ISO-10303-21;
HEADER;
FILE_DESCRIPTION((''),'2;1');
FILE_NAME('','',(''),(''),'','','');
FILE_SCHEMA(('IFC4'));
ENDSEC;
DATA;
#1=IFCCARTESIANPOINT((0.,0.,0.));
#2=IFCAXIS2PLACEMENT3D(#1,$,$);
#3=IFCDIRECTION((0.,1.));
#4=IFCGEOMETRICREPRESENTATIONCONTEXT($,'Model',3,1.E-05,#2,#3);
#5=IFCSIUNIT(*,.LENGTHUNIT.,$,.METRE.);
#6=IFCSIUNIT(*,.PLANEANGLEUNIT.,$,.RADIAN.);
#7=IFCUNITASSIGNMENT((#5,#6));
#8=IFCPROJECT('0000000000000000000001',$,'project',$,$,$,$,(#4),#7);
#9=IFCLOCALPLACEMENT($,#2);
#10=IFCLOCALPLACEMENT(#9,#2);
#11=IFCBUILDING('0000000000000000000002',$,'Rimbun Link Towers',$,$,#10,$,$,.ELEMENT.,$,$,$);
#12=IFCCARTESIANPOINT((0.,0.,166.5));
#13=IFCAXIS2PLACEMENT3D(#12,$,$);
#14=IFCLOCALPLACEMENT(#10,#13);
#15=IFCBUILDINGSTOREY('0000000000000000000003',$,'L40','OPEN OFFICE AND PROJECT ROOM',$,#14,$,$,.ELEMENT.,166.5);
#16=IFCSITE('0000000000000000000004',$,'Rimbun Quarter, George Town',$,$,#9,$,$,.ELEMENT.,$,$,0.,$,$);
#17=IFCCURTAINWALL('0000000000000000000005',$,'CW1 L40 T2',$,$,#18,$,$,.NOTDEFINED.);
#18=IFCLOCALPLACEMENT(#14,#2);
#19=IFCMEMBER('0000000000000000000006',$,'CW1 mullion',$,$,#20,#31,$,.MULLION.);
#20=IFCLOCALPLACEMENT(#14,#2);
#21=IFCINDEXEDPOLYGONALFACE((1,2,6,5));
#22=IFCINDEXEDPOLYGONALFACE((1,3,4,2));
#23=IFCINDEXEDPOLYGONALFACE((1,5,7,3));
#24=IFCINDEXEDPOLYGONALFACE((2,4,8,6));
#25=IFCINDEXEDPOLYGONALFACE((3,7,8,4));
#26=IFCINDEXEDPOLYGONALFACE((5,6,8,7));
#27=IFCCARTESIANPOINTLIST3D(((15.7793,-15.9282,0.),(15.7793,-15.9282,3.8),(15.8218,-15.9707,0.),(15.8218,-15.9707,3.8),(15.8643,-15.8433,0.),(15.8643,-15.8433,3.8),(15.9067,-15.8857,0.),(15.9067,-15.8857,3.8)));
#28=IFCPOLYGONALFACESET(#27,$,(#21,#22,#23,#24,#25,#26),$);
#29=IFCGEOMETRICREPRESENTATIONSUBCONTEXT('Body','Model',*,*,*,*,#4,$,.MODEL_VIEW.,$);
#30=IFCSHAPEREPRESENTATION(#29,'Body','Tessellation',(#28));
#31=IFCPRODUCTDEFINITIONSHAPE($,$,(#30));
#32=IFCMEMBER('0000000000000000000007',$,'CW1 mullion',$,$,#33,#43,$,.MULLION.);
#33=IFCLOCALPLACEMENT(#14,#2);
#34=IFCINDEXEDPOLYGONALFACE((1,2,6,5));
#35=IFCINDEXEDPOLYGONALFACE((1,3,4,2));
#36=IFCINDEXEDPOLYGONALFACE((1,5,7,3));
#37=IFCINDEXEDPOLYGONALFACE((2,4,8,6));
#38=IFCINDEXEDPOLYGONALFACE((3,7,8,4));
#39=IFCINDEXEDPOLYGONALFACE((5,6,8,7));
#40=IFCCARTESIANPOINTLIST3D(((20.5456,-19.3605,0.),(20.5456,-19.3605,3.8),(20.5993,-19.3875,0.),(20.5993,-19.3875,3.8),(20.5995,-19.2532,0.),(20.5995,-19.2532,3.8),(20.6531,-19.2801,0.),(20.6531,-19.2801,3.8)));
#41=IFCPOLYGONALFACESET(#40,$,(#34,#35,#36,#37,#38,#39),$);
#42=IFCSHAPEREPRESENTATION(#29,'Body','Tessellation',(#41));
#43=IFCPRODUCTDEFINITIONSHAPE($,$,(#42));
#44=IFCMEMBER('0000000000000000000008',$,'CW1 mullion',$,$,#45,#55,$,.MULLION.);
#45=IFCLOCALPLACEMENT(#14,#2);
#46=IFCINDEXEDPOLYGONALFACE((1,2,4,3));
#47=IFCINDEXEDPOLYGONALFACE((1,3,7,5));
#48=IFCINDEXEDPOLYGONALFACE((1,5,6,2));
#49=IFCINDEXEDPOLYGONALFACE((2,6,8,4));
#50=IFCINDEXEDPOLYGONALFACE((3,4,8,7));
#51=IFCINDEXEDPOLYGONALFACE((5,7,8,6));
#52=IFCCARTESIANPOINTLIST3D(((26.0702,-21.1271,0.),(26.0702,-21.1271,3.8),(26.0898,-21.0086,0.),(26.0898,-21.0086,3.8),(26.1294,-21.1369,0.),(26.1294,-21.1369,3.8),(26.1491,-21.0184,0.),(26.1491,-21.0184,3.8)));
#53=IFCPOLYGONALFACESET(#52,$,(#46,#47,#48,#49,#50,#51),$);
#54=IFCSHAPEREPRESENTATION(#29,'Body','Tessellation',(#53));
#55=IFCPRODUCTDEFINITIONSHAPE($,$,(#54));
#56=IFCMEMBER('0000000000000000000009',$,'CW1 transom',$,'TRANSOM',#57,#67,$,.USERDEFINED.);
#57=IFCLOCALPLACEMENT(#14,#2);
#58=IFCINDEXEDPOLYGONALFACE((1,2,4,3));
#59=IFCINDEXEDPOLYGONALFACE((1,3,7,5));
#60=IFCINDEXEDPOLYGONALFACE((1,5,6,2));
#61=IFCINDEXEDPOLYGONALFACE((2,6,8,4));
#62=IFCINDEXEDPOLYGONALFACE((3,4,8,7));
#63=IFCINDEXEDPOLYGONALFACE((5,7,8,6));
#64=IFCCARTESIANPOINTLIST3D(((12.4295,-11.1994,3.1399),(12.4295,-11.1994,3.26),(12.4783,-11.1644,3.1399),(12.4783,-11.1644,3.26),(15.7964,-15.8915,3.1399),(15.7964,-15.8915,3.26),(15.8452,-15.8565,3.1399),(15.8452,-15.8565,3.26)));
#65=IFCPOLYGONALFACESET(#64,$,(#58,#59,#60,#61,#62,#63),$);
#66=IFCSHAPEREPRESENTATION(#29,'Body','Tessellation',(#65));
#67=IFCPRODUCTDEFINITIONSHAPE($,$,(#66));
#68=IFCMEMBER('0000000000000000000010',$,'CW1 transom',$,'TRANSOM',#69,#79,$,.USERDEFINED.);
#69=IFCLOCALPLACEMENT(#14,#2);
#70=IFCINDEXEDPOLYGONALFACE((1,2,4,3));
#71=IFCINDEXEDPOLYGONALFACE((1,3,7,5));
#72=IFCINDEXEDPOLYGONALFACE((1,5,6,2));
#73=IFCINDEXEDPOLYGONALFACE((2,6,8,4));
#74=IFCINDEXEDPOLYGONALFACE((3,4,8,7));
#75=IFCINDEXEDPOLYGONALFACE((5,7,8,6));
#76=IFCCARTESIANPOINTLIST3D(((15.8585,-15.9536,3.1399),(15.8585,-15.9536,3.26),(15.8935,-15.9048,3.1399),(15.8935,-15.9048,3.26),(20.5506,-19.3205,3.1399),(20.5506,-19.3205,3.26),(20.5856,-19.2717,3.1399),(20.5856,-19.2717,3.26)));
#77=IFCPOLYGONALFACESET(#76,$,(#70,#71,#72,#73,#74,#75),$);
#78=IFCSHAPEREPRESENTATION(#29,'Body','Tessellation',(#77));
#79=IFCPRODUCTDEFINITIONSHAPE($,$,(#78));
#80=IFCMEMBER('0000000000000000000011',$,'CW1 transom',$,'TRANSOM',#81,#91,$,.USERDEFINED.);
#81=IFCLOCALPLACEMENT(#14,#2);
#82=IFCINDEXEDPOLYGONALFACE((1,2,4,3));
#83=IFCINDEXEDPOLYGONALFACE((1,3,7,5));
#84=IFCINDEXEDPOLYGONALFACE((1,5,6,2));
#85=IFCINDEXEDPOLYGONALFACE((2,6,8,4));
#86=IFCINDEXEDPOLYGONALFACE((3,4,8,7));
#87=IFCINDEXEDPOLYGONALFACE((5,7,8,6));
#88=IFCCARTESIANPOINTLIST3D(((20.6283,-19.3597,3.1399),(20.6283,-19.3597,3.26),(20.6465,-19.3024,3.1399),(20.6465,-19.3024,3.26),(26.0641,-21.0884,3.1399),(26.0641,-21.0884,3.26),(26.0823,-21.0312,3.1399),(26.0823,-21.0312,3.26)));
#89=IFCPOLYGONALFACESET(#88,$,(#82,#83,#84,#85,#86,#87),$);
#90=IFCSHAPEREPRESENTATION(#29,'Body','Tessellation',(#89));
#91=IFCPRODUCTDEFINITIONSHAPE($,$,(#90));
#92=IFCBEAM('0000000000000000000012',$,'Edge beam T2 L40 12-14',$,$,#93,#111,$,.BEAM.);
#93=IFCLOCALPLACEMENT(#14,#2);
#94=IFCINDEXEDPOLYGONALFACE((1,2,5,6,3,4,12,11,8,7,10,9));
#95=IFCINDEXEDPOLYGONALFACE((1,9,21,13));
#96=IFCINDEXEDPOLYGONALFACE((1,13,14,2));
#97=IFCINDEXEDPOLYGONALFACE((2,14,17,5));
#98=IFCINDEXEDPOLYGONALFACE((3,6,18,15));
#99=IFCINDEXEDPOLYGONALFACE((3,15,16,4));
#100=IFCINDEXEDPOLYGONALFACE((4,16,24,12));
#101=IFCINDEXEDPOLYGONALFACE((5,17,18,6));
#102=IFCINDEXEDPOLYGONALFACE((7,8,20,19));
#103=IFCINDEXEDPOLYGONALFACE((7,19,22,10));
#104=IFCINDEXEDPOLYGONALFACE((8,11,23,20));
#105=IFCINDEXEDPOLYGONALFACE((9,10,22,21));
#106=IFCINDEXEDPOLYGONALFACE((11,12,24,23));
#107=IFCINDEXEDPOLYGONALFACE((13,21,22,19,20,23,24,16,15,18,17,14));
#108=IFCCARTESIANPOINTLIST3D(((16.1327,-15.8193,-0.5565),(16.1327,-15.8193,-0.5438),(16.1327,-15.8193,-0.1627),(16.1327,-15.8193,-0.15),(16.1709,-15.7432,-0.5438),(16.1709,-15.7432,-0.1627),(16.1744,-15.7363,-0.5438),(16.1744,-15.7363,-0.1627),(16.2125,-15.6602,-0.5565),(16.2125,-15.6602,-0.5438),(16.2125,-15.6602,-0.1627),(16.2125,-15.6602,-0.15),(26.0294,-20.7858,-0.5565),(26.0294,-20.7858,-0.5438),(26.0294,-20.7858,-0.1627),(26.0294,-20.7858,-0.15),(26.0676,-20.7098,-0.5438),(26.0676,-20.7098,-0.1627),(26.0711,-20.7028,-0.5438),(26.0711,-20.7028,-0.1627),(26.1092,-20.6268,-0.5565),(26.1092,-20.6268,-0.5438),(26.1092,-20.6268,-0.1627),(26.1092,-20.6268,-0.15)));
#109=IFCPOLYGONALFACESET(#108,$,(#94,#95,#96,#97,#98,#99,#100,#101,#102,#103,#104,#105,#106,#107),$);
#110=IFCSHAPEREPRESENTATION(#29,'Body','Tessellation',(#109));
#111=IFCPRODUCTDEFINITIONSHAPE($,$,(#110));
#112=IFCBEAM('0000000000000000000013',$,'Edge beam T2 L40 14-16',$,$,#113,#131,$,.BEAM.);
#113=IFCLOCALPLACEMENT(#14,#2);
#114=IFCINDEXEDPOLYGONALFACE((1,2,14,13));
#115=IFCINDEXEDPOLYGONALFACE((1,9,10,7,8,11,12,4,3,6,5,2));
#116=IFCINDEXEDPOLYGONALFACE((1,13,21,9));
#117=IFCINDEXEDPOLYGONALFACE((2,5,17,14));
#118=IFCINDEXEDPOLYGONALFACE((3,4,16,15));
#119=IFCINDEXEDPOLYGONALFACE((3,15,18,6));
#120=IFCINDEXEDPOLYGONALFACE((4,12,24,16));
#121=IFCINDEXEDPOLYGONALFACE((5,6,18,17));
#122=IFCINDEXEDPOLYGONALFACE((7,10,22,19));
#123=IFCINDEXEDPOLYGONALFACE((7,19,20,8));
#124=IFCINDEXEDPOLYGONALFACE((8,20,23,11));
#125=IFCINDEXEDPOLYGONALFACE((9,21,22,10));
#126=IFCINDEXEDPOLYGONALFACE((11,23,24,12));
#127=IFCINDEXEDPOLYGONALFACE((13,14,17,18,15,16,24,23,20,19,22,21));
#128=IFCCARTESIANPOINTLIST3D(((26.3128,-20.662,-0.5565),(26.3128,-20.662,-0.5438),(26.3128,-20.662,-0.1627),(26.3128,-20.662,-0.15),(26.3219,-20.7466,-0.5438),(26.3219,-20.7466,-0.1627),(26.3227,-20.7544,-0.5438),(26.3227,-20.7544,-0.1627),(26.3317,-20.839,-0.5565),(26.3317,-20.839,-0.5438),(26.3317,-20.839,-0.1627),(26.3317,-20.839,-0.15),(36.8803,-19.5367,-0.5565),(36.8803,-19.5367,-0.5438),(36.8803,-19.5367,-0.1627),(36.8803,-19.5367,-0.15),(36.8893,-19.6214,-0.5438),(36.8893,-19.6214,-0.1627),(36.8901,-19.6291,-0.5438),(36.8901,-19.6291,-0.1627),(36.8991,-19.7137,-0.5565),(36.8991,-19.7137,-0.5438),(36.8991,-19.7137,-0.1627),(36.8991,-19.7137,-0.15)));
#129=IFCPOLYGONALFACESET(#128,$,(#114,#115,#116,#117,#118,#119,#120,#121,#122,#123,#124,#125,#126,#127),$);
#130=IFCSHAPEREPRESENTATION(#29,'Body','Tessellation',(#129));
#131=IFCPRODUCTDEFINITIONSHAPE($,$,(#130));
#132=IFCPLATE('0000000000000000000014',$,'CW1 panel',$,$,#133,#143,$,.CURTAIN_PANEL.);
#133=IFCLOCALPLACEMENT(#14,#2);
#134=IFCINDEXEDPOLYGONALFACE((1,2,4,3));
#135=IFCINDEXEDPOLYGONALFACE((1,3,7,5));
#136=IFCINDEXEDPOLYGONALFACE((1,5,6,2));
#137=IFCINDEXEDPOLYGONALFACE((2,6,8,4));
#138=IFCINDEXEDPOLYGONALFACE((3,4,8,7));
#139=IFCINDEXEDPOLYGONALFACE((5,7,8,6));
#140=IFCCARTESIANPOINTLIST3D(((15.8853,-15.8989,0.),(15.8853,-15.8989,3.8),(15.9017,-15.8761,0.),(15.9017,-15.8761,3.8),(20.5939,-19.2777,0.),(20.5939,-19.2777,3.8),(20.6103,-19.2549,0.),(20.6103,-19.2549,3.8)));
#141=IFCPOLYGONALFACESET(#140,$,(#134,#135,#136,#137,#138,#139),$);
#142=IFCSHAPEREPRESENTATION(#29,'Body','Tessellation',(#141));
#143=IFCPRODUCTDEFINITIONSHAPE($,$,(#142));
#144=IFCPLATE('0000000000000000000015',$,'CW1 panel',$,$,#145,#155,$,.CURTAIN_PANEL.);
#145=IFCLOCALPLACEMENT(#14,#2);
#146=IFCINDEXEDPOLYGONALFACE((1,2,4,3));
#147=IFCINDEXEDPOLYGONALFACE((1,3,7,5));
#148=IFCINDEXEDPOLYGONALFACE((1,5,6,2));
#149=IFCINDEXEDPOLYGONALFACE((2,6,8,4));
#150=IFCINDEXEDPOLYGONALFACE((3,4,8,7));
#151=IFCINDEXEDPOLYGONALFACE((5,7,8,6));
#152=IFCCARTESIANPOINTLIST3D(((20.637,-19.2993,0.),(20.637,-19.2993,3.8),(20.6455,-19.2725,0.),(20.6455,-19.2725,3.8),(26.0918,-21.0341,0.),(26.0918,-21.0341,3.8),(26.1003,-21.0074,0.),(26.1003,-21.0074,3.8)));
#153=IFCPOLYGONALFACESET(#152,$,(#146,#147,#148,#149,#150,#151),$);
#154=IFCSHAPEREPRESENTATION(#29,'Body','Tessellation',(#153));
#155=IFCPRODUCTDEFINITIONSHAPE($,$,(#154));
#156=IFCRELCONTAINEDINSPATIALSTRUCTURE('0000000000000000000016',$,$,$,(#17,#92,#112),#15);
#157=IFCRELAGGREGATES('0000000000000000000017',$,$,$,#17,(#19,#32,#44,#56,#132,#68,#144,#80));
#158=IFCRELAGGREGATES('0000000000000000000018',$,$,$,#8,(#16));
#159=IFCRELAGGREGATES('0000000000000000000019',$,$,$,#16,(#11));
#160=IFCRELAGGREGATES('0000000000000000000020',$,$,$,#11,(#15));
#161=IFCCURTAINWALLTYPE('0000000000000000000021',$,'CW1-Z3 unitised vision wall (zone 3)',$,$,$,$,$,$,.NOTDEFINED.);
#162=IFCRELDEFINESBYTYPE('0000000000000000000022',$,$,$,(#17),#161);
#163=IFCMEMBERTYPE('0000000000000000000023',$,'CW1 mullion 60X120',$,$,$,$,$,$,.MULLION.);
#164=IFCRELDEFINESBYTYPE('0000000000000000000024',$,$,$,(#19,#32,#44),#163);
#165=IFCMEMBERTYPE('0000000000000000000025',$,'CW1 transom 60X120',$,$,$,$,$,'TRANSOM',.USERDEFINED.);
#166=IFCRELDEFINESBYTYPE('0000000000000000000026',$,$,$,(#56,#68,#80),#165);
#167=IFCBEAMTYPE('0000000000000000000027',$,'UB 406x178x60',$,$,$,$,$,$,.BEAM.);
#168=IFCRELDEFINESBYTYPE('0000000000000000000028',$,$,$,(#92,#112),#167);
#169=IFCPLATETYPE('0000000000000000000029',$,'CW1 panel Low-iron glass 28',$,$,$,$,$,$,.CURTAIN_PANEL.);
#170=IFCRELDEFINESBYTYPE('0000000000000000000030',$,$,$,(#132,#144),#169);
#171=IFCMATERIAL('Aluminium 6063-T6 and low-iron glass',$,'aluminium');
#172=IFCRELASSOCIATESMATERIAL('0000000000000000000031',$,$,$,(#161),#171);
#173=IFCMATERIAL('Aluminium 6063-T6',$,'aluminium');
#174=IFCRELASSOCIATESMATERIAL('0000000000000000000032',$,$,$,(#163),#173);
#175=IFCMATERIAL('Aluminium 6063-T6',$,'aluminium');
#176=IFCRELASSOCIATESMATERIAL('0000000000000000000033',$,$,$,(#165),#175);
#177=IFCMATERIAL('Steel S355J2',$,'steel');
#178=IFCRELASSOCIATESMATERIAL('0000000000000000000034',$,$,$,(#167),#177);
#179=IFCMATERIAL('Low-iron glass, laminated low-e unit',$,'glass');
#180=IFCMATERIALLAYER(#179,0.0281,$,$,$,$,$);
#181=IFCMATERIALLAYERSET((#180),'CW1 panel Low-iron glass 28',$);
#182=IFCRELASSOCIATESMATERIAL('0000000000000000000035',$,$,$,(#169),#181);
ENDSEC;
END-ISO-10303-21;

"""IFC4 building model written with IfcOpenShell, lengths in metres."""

from ifc_helpers import new_model, si_unit, direction, frame, origin, origin_2d, place, context, subcontext, project, spatial, rectangle, i_section, extrude, material, layer, layer_set, material_profile, profile_set, type_object, element, aggregate, save


model = new_model("IFC4")

# Units and contexts
model_context = context("Model", 3, precision=1e-05, world=origin(), true_north=direction((0.0, 1.0)))
body_context = subcontext(model_context, "Body", "Model", "MODEL_VIEW")
ifc_project = project(units=[si_unit("LENGTHUNIT", "METRE"), si_unit("PLANEANGLEUNIT", "RADIAN")], contexts=[model_context])

# Site, building, storey
site_placement = place(None, origin())
site = spatial("IfcSite", under=ifc_project, at=site_placement, Name="Rimbun Quarter, George Town", CompositionType="ELEMENT", RefElevation=0.0)
building_placement = place(site_placement, origin())
building = spatial("IfcBuilding", under=site, at=building_placement, Name="Rimbun Link Towers", CompositionType="ELEMENT")
storey_placement = place(building_placement, frame((0.0, 0.0, 166.5)))
storey = spatial("IfcBuildingStorey", under=building, at=storey_placement, Name="L40", Description="OPEN OFFICE AND PROJECT ROOM", CompositionType="ELEMENT", Elevation=166.5)

# Curtain wall, members
ifc_material_1 = material(Name="Aluminium 6063-T6 and low-iron glass", Category="aluminium")
curtain_wall_type = type_object("IfcCurtainWallType", Name="CW1-Z3 unitised vision wall (zone 3)", PredefinedType="NOTDEFINED", material=ifc_material_1)
curtain_wall_placement = place(storey_placement, origin())
curtain_wall = element("IfcCurtainWall", 1, at=curtain_wall_placement, inside=storey, type_object=curtain_wall_type, Name="CW1 L40 T2", PredefinedType="NOTDEFINED")
ifc_material_2 = material(Name="Aluminium 6063-T6", Category="aluminium")
ifc_material_profile_1 = material_profile(ifc_material_2, rectangle(XDim=0.1201, YDim=0.0601, at=origin_2d()), Name="MULLION 60X120")
ifc_profile_set_1 = profile_set([ifc_material_profile_1], Name="Aluminium 6063-T6")
member_type_1 = type_object("IfcMemberType", Name="CW1 mullion 60X120", PredefinedType="MULLION", material=ifc_profile_set_1)
member_1_placement = place(storey_placement, frame((15.843, -15.907, 0.0), z_axis=(0.0, 0.0, 1.0), x_axis=(-0.707107, -0.707107, 0.0)))
member_1 = element("IfcMember", 2, at=member_1_placement, type_object=member_type_1, Name="CW1 mullion", PredefinedType="MULLION", context=body_context, shape_type="SweptSolid", body=[
    extrude(rectangle(XDim=0.1201, YDim=0.0601, at=origin_2d()), origin(), (0.0, 0.0, 1.0), 3.8),
])
member_2_placement = place(storey_placement, frame((20.5994, -19.3203, 0.0), z_axis=(0.0, 0.0, 1.0), x_axis=(-0.448577, -0.893744, 0.0)))
member_2 = element("IfcMember", 3, at=member_2_placement, type_object=member_type_1, Name="CW1 mullion", PredefinedType="MULLION", context=body_context, shape_type="SweptSolid", body=[
    extrude(rectangle(XDim=0.1201, YDim=0.0601, at=origin_2d()), origin(), (0.0, 0.0, 1.0), 3.8),
])
member_3_placement = place(storey_placement, frame((26.1096, -21.0728, 0.0), z_axis=(0.0, 0.0, 1.0), x_axis=(-0.163752, -0.986502, 0.0)))
member_3 = element("IfcMember", 4, at=member_3_placement, type_object=member_type_1, Name="CW1 mullion", PredefinedType="MULLION", context=body_context, shape_type="SweptSolid", body=[
    extrude(rectangle(XDim=0.1201, YDim=0.0601, at=origin_2d()), origin(), (0.0, 0.0, 1.0), 3.8),
])
ifc_material_3 = material(Name="Aluminium 6063-T6", Category="aluminium")
ifc_material_profile_2 = material_profile(ifc_material_3, rectangle(XDim=0.0601, YDim=0.1201, at=origin_2d()), Name="TRANSOM 60X120")
ifc_profile_set_2 = profile_set([ifc_material_profile_2], Name="Aluminium 6063-T6")
member_type_2 = type_object("IfcMemberType", Name="CW1 transom 60X120", ElementType="TRANSOM", PredefinedType="USERDEFINED", material=ifc_profile_set_2)
member_4_placement = place(storey_placement, frame((15.8208, -15.874, 3.2), z_axis=(-0.583004, 0.812469, 0.0), x_axis=(-0.812469, -0.583004, 0.0)))
member_4 = element("IfcMember", 5, at=member_4_placement, type_object=member_type_2, Name="CW1 transom", ObjectType="TRANSOM", PredefinedType="USERDEFINED", context=body_context, shape_type="SweptSolid", body=[
    extrude(rectangle(XDim=0.0601, YDim=0.1201, at=origin_2d()), origin(), (0.0, 0.0, 1.0), 5.7751),
])
member_5_placement = place(storey_placement, frame((20.5681, -19.2961, 3.2), z_axis=(-0.812469, 0.583004, 0.0), x_axis=(-0.583004, -0.812469, 0.0)))
member_5 = element("IfcMember", 6, at=member_5_placement, type_object=member_type_2, Name="CW1 transom", ObjectType="TRANSOM", PredefinedType="USERDEFINED", context=body_context, shape_type="SweptSolid", body=[
    extrude(rectangle(XDim=0.0601, YDim=0.1201, at=origin_2d()), origin(), (0.0, 0.0, 1.0), 5.7751),
])
member_6_placement = place(storey_placement, frame((26.0732, -21.0598, 3.2), z_axis=(-0.952967, 0.303075, 0.0), x_axis=(-0.303075, -0.952967, 0.0)))
member_6 = element("IfcMember", 7, at=member_6_placement, type_object=member_type_2, Name="CW1 transom", ObjectType="TRANSOM", PredefinedType="USERDEFINED", context=body_context, shape_type="SweptSolid", body=[
    extrude(rectangle(XDim=0.0601, YDim=0.1201, at=origin_2d()), origin(), (0.0, 0.0, 1.0), 5.7041),
])

# Beams
ifc_material_4 = material(Name="Steel S355J2", Category="steel")
ifc_material_profile_3 = material_profile(ifc_material_4, i_section(OverallWidth=0.178, OverallDepth=0.4065, WebThickness=0.0078, FlangeThickness=0.0127, at=origin_2d()), Name="UB 406x178x60")
ifc_profile_set_3 = profile_set([ifc_material_profile_3], Name="Steel S355J2")
beam_type = type_object("IfcBeamType", Name="UB 406x178x60", PredefinedType="BEAM", material=ifc_profile_set_3)
beam_1_placement = place(storey_placement, frame((16.1726, -15.7397, -0.3533), z_axis=(0.893769, -0.448527, 0.0), x_axis=(0.448527, 0.893769, 0.0)))
element("IfcBeam", 8, at=beam_1_placement, inside=storey, type_object=beam_type, Name="Edge beam T2 L40 12-14", PredefinedType="BEAM", context=body_context, shape_type="SweptSolid", body=[
    extrude(i_section(OverallWidth=0.178, OverallDepth=0.4065, WebThickness=0.0078, FlangeThickness=0.0127, at=origin_2d()), origin(), (0.0, 0.0, 1.0), 11.073),
])
beam_2_placement = place(storey_placement, frame((26.3223, -20.7505, -0.3533), z_axis=(0.994378, 0.105884, 0.0), x_axis=(-0.105884, 0.994378, 0.0)))
element("IfcBeam", 9, at=beam_2_placement, inside=storey, type_object=beam_type, Name="Edge beam T2 L40 14-16", PredefinedType="BEAM", context=body_context, shape_type="SweptSolid", body=[
    extrude(i_section(OverallWidth=0.178, OverallDepth=0.4065, WebThickness=0.0078, FlangeThickness=0.0127, at=origin_2d()), origin(), (0.0, 0.0, 1.0), 10.6272),
])

# Plates
ifc_material_5 = material(Name="Low-iron glass, laminated low-e unit", Category="glass")
ifc_layer = layer(ifc_material_5, 0.0281)
ifc_layer_set = layer_set([ifc_layer], Name="CW1 panel Low-iron glass 28")
plate_type = type_object("IfcPlateType", Name="CW1 panel Low-iron glass 28", PredefinedType="CURTAIN_PANEL", material=ifc_layer_set)
plate_1_placement = place(storey_placement, frame((18.2478, -17.5769, 0.0), z_axis=(0.0, 0.0, 1.0), x_axis=(-0.812469, 0.583004, 0.0)))
plate_1 = element("IfcPlate", 10, at=plate_1_placement, type_object=plate_type, Name="CW1 panel", PredefinedType="CURTAIN_PANEL", context=body_context, shape_type="SweptSolid", body=[
    extrude(rectangle(XDim=5.7954, YDim=0.0281, at=origin_2d()), origin(), (0.0, 0.0, 1.0), 3.8),
])
plate_2_placement = place(storey_placement, frame((23.3687, -20.1533, 0.0), z_axis=(0.0, 0.0, 1.0), x_axis=(-0.952965, 0.303082, 0.0)))
plate_2 = element("IfcPlate", 11, at=plate_2_placement, type_object=plate_type, Name="CW1 panel", PredefinedType="CURTAIN_PANEL", context=body_context, shape_type="SweptSolid", body=[
    extrude(rectangle(XDim=5.7241, YDim=0.0281, at=origin_2d()), origin(), (0.0, 0.0, 1.0), 3.8),
])
aggregate(curtain_wall, [member_1, member_2, member_3, member_4, plate_1, member_5, plate_2, member_6])

save(model, "model.ifc")
